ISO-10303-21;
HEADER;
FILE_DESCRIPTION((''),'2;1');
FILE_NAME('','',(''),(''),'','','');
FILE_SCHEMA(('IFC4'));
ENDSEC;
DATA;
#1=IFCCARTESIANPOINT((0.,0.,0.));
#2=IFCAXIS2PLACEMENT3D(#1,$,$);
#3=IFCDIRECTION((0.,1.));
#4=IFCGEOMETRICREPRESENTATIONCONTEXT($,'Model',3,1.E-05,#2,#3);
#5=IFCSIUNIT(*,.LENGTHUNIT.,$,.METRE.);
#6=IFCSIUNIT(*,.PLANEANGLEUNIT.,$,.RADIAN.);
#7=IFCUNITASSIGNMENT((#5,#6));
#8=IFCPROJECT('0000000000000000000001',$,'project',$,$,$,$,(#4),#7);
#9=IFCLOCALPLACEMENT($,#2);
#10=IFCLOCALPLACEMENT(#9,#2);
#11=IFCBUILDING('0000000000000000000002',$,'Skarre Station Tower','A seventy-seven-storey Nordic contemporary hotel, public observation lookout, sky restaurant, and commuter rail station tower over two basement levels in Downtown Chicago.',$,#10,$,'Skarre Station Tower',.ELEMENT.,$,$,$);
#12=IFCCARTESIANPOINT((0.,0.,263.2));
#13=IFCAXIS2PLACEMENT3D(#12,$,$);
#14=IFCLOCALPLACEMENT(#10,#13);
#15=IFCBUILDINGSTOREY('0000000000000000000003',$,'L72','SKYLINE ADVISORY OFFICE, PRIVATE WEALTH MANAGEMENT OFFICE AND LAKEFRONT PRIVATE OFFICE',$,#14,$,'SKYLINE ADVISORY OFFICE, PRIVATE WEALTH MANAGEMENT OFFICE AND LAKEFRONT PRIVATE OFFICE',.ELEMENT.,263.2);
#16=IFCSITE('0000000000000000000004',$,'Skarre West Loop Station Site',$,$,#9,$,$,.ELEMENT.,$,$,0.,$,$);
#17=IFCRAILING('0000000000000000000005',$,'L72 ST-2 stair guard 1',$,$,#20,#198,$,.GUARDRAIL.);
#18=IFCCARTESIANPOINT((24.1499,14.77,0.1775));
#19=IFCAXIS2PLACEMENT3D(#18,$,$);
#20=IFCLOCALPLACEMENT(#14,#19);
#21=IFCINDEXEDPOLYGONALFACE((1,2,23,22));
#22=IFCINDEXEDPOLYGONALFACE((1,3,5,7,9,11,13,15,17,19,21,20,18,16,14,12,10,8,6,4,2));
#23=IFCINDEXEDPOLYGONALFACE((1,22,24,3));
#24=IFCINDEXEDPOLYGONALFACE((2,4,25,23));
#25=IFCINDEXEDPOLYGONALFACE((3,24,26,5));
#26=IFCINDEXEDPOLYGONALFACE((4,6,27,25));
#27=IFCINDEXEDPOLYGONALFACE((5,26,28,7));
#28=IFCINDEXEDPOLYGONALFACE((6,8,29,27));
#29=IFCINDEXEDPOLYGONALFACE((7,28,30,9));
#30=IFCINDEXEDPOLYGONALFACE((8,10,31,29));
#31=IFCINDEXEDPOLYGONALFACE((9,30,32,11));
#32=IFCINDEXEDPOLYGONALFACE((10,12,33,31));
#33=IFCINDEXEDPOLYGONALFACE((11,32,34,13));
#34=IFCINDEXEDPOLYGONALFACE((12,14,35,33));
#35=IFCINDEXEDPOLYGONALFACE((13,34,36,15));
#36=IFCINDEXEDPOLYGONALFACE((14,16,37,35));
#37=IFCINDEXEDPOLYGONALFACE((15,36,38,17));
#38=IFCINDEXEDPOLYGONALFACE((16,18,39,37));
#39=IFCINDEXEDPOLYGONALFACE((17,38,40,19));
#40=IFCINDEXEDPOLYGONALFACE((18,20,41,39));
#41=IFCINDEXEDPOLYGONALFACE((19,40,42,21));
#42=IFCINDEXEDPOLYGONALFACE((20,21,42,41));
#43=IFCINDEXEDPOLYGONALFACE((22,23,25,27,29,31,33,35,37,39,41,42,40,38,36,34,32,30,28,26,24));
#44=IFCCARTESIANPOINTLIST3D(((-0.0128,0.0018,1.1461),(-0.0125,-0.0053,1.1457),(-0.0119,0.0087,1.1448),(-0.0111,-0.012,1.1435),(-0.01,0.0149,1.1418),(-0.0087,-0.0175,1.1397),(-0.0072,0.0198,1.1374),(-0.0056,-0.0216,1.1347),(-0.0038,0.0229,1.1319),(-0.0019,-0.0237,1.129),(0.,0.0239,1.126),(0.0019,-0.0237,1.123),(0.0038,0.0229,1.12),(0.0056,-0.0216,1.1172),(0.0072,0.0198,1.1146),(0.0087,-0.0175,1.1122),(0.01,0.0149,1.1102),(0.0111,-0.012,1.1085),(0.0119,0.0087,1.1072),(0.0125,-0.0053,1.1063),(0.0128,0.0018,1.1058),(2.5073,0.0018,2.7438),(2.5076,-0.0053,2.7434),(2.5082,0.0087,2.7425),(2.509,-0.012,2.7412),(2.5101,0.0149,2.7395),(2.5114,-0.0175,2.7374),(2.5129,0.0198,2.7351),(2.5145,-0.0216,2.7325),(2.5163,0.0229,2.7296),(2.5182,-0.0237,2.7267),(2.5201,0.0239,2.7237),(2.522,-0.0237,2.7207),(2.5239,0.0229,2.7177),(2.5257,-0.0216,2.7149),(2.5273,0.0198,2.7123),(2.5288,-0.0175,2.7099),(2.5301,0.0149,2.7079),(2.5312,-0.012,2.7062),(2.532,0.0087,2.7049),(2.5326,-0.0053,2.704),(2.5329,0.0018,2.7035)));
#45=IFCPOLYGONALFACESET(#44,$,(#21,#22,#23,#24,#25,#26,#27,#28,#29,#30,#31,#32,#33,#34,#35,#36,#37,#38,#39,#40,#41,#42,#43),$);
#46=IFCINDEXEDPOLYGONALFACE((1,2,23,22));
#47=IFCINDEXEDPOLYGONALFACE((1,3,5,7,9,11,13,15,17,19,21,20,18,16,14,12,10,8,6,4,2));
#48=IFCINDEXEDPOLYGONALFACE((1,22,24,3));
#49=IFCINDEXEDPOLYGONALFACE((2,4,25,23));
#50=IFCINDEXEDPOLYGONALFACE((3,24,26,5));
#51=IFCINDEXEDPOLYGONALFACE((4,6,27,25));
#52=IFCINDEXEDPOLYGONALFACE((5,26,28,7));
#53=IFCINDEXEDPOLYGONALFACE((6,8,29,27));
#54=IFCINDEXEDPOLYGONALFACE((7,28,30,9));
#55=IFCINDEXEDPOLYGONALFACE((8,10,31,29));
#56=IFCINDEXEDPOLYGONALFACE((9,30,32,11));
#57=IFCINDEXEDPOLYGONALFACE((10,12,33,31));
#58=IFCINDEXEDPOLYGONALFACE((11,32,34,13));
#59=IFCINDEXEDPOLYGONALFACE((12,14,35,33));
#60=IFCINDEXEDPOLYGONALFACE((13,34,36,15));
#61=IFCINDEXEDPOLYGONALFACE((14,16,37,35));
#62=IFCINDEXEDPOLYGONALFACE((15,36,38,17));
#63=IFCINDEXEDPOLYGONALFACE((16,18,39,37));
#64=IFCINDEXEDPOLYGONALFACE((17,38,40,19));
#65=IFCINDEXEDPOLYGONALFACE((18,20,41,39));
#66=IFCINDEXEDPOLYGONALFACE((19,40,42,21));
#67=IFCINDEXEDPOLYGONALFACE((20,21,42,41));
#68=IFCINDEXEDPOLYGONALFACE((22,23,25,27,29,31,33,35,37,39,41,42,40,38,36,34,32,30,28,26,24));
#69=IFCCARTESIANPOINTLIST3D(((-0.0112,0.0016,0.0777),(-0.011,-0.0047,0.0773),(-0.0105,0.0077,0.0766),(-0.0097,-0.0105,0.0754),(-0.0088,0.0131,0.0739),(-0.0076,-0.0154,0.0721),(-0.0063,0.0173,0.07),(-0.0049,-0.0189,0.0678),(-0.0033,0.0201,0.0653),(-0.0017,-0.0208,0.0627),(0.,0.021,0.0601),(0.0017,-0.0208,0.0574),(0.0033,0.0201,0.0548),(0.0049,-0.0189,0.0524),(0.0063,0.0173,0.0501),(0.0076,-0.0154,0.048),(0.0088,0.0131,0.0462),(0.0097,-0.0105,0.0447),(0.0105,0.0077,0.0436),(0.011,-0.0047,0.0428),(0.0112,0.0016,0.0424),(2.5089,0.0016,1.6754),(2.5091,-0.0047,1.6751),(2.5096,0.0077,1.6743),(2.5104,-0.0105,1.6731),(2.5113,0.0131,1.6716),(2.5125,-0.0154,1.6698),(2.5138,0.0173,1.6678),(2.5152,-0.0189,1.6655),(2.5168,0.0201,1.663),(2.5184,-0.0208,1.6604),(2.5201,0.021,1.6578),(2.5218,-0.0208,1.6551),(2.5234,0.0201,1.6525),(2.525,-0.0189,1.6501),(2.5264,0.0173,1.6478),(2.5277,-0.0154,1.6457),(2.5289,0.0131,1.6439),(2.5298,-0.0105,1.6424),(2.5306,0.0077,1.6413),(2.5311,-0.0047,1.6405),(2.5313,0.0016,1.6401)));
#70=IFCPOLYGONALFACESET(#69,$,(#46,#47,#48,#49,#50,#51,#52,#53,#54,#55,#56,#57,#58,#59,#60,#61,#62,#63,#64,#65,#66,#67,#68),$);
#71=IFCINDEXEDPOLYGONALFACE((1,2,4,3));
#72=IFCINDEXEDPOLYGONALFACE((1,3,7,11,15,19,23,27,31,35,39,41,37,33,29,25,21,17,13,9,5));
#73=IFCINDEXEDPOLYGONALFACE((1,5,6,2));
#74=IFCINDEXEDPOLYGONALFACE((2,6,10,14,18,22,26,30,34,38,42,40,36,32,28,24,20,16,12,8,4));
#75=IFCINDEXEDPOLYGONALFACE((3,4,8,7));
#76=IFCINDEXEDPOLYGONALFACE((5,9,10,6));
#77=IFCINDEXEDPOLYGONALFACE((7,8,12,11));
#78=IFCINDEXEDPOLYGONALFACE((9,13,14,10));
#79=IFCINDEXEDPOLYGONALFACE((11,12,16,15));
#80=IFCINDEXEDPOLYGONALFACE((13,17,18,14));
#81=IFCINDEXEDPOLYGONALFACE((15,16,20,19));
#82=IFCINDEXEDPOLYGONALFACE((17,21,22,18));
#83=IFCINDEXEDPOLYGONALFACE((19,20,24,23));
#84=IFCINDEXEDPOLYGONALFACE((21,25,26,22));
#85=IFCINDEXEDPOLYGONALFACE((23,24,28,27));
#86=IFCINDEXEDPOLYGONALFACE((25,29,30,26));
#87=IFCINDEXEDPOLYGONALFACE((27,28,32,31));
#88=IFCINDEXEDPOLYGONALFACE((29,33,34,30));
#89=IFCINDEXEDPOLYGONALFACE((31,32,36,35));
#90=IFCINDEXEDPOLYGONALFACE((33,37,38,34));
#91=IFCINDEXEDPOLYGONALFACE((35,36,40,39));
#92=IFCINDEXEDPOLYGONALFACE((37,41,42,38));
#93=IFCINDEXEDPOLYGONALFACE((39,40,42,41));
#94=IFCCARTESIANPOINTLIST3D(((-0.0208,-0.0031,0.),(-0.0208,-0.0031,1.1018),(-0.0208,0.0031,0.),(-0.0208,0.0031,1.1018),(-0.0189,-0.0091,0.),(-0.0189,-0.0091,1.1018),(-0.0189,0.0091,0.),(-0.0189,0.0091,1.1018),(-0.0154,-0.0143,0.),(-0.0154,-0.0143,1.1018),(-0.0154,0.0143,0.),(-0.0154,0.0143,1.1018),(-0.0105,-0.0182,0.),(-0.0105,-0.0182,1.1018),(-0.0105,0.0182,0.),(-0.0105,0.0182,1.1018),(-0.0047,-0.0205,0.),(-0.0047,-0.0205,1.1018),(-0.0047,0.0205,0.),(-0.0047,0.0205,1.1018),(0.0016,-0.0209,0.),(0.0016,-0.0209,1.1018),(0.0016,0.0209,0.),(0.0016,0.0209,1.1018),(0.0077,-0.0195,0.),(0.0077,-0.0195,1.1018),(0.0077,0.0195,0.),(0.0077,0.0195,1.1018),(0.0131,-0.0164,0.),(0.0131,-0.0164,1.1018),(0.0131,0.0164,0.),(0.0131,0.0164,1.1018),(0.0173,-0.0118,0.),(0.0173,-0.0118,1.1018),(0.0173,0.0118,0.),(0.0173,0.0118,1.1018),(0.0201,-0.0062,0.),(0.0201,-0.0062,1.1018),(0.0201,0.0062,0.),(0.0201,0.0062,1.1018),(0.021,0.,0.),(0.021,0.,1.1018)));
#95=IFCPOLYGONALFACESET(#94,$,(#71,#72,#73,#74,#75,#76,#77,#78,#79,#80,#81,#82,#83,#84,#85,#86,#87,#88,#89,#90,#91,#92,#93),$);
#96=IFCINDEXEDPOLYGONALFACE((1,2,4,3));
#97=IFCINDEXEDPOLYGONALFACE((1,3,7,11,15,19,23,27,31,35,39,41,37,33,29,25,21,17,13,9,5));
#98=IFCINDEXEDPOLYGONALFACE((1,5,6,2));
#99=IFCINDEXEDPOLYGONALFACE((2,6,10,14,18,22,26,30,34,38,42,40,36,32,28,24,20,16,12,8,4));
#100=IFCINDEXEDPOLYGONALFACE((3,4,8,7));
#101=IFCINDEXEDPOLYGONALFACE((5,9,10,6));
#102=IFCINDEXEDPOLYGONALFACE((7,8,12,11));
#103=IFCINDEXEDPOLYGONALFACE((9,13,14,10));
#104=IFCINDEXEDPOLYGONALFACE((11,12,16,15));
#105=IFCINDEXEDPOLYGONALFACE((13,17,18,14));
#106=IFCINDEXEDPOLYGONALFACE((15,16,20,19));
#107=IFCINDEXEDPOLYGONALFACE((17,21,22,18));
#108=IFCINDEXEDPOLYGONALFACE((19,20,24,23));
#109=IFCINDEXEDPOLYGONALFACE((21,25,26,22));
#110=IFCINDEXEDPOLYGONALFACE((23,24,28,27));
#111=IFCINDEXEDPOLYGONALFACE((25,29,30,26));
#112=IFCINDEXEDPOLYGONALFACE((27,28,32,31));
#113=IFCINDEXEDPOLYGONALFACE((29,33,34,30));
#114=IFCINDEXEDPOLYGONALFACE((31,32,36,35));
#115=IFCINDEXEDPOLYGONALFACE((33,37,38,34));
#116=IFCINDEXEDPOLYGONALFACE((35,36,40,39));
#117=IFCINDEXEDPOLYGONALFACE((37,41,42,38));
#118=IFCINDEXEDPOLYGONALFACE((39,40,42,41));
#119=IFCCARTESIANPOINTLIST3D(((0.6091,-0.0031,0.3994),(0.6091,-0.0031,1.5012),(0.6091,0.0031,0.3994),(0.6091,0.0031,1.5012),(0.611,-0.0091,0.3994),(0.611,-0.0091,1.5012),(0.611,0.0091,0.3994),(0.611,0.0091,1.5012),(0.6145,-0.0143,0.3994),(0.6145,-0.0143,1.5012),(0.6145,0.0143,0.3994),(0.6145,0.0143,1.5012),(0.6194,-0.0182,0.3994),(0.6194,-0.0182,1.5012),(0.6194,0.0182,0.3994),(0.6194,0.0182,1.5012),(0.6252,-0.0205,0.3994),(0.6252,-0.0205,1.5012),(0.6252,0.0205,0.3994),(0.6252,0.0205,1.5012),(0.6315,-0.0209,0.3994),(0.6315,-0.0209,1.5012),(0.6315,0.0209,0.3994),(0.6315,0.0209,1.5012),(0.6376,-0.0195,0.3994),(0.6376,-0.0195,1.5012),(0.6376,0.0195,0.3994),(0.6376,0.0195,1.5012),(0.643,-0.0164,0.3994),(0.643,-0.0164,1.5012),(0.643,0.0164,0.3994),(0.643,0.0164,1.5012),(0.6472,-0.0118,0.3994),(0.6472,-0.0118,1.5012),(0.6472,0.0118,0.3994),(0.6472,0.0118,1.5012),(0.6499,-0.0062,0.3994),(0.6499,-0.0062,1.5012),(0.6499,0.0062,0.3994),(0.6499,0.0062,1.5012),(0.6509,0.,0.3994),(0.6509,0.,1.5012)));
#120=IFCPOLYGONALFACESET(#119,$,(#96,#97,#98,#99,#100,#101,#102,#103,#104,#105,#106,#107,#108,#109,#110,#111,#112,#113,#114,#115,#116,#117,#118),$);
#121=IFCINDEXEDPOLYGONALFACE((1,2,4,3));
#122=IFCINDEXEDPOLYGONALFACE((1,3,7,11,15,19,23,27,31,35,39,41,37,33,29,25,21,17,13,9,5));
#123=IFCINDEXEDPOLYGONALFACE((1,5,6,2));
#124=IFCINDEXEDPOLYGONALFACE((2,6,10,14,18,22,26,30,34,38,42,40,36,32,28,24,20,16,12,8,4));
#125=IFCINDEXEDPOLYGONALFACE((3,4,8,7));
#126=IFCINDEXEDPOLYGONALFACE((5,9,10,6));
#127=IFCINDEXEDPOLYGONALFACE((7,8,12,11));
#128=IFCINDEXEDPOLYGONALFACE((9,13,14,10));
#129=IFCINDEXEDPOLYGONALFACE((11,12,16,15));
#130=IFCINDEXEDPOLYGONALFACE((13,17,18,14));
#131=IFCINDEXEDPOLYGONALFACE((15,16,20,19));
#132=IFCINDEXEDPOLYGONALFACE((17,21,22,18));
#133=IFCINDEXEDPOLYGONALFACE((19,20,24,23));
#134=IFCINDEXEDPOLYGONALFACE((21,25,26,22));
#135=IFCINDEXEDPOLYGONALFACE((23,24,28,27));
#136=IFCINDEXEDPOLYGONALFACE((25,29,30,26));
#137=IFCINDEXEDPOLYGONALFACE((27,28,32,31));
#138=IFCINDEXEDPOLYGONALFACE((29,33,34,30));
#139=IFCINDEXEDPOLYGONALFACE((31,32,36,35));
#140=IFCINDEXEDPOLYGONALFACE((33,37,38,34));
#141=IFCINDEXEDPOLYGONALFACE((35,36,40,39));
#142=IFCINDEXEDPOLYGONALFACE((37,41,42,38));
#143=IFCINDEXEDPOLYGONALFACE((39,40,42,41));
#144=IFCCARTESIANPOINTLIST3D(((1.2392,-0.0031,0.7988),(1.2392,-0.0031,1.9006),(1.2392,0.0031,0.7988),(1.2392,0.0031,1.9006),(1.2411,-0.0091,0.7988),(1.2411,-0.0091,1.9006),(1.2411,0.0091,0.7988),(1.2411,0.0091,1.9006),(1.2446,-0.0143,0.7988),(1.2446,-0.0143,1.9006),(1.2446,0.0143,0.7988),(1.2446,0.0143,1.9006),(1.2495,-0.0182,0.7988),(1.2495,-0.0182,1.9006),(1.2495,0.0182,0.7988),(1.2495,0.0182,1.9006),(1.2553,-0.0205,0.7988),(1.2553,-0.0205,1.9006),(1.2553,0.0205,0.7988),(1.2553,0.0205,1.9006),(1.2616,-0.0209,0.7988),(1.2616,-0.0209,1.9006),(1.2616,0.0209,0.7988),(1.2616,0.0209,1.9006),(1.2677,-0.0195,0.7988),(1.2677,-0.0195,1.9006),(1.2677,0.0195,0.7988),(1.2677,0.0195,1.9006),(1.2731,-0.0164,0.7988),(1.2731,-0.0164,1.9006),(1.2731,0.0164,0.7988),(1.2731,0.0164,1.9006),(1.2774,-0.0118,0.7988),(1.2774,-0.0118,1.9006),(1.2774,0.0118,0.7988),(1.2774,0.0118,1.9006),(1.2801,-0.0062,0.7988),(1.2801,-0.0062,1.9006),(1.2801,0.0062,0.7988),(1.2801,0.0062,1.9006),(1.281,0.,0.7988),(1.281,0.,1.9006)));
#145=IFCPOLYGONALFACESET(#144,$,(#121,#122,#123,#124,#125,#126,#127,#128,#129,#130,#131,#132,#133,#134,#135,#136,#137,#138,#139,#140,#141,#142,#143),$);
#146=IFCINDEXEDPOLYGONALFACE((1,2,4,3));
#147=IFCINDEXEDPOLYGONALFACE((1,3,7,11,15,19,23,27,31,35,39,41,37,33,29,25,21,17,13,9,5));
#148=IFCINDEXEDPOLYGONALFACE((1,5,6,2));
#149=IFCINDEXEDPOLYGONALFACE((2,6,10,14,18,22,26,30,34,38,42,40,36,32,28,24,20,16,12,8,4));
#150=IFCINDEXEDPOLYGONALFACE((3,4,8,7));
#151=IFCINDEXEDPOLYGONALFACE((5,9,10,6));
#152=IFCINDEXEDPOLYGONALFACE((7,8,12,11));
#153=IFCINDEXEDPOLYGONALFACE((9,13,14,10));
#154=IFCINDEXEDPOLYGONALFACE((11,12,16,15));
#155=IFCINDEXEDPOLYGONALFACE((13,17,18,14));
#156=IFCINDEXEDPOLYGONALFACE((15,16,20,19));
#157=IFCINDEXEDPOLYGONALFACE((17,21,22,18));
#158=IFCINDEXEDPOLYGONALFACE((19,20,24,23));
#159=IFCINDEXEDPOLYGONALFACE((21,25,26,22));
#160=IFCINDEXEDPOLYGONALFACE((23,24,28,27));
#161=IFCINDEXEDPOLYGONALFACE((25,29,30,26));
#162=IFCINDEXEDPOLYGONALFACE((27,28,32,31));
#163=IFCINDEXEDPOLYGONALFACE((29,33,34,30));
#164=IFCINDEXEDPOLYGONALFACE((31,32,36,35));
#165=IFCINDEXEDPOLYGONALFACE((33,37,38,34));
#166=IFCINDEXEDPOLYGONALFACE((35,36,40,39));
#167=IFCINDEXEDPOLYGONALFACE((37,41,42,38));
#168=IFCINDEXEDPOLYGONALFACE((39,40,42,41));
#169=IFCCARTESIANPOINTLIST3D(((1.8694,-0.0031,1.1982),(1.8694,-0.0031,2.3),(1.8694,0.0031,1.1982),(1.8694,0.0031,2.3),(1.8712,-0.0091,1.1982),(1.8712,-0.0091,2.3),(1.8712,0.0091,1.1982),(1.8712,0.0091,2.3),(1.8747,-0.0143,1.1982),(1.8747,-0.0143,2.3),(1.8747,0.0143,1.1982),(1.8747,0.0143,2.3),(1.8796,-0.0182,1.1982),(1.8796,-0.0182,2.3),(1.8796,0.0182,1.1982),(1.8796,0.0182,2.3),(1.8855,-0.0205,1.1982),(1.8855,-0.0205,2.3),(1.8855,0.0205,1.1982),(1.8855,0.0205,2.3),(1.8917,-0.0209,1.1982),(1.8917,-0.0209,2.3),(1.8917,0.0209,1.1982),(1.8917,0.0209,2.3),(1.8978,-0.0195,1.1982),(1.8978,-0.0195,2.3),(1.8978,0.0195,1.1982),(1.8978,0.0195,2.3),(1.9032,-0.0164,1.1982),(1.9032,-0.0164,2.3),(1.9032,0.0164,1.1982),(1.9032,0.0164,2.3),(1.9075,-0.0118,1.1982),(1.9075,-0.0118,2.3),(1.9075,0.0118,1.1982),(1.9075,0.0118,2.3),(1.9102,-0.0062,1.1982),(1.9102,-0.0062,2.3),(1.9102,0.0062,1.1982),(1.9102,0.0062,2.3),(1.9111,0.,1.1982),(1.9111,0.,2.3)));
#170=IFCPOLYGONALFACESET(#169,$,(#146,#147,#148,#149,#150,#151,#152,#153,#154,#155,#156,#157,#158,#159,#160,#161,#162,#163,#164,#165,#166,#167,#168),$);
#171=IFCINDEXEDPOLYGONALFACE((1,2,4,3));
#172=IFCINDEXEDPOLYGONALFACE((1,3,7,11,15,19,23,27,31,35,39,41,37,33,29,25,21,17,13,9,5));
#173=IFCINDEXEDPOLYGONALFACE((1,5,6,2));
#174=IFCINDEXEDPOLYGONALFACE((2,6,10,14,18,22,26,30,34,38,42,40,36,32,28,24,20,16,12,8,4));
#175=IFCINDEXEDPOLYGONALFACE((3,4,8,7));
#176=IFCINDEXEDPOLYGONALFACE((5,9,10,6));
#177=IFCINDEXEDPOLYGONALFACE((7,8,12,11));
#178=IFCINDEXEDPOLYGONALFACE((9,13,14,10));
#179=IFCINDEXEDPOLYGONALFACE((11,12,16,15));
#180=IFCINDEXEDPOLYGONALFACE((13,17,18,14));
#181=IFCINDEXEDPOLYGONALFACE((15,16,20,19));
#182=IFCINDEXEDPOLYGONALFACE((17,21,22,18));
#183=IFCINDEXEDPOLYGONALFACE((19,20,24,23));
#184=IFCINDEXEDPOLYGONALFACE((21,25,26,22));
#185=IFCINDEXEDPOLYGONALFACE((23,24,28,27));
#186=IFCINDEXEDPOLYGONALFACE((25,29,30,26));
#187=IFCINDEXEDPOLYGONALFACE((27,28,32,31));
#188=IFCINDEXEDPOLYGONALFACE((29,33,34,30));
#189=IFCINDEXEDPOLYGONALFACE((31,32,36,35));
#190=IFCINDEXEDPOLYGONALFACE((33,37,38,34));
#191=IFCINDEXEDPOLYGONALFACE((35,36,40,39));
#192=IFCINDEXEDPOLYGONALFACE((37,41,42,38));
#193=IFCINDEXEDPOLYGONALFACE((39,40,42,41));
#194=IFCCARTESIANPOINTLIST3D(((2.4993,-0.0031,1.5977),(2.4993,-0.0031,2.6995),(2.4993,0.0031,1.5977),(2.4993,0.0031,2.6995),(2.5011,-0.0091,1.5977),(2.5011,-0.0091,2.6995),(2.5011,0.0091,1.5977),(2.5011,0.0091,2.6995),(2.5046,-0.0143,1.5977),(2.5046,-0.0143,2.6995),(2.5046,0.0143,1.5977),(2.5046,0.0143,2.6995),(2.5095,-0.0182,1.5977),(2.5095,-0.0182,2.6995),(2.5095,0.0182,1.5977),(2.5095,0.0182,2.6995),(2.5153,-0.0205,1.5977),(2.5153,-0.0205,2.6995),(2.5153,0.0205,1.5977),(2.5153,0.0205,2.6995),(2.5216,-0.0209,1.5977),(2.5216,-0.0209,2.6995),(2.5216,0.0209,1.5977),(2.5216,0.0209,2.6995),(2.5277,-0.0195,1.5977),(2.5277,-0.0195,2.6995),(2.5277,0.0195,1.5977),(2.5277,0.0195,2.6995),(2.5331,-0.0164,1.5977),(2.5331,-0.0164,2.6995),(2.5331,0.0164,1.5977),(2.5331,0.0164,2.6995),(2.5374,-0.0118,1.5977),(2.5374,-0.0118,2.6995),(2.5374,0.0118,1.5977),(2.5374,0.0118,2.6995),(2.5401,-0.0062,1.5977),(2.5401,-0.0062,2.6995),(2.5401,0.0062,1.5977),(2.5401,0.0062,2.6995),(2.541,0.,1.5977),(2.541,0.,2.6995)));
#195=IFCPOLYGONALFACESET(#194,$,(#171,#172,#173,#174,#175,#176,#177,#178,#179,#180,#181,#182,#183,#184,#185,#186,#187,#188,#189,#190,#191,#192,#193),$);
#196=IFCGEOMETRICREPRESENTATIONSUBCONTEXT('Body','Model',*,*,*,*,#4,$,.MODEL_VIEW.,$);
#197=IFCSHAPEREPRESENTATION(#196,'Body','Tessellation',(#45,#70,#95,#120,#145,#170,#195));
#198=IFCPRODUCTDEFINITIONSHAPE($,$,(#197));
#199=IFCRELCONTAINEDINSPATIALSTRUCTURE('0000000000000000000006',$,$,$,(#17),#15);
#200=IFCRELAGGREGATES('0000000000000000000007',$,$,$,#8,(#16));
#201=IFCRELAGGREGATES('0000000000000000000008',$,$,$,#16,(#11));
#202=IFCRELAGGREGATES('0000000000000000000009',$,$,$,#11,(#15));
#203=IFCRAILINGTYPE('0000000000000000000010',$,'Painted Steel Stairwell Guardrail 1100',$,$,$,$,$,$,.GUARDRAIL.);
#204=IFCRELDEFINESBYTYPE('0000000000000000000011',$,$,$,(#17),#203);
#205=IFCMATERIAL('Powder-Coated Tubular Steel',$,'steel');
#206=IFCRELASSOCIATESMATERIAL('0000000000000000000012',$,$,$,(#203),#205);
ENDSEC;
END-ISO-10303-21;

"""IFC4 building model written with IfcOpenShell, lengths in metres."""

from ifc_helpers import new_model, si_unit, direction, frame, origin, origin_2d, place, context, subcontext, project, spatial, circle, extrude, material, type_object, element, save


model = new_model("IFC4")

# Units and contexts
model_context = context("Model", 3, precision=1e-05, world=origin(), true_north=direction((0.0, 1.0)))
body_context = subcontext(model_context, "Body", "Model", "MODEL_VIEW")
ifc_project = project(units=[si_unit("LENGTHUNIT", "METRE"), si_unit("PLANEANGLEUNIT", "RADIAN")], contexts=[model_context])

# Site, building, storey
site_placement = place(None, origin())
site = spatial("IfcSite", under=ifc_project, at=site_placement, Name="Skarre West Loop Station Site", CompositionType="ELEMENT", RefElevation=0.0)
building_placement = place(site_placement, origin())
building = spatial("IfcBuilding", under=site, at=building_placement, Name="Skarre Station Tower", Description="A seventy-seven-storey Nordic contemporary hotel, public observation lookout, sky restaurant, and commuter rail station tower over two basement levels in Downtown Chicago.", LongName="Skarre Station Tower", CompositionType="ELEMENT")
storey_placement = place(building_placement, frame((0.0, 0.0, 263.2)))
storey = spatial("IfcBuildingStorey", under=building, at=storey_placement, Name="L72", Description="SKYLINE ADVISORY OFFICE, PRIVATE WEALTH MANAGEMENT OFFICE AND LAKEFRONT PRIVATE OFFICE", LongName="SKYLINE ADVISORY OFFICE, PRIVATE WEALTH MANAGEMENT OFFICE AND LAKEFRONT PRIVATE OFFICE", CompositionType="ELEMENT", Elevation=263.2)

# Railing
ifc_material_1 = material(Name="Powder-Coated Tubular Steel", Category="steel")
railing_type_1 = type_object("IfcRailingType", Name="Painted Steel Stairwell Guardrail 1100", PredefinedType="GUARDRAIL", material=ifc_material_1)
railing_1_placement = place(storey_placement, frame((24.1499, 14.77, 0.1775)))
element("IfcRailing", 1, at=railing_1_placement, inside=storey, type_object=railing_type_1, Name="L72 ST-2 stair guard 1", PredefinedType="GUARDRAIL", context=body_context, shape_type="SweptSolid", body=[
    extrude(circle(Radius=0.0239, at=origin_2d()), frame((0.0, 0.0, 1.126), z_axis=(0.84457, 0.0, 0.535445), x_axis=(0.0, 1.0, 0.0)), (0.0, 0.0, 1.0), 2.9839),
    extrude(circle(Radius=0.021, at=origin_2d()), frame((0.0, 0.0, 0.0601), z_axis=(0.84457, 0.0, 0.535445), x_axis=(0.0, 1.0, 0.0)), (0.0, 0.0, 1.0), 2.9839),
    extrude(circle(Radius=0.021, at=origin_2d()), origin(), (0.0, 0.0, 1.0), 1.1018),
    extrude(circle(Radius=0.021, at=origin_2d()), frame((0.6299, 0.0, 0.3994)), (0.0, 0.0, 1.0), 1.1018),
    extrude(circle(Radius=0.021, at=origin_2d()), frame((1.26, 0.0, 0.7988)), (0.0, 0.0, 1.0), 1.1018),
    extrude(circle(Radius=0.021, at=origin_2d()), frame((1.8901, 0.0, 1.1982)), (0.0, 0.0, 1.0), 1.1018),
    extrude(circle(Radius=0.021, at=origin_2d()), frame((2.52, 0.0, 1.5977)), (0.0, 0.0, 1.0), 1.1018),
])

save(model, "model.ifc")
